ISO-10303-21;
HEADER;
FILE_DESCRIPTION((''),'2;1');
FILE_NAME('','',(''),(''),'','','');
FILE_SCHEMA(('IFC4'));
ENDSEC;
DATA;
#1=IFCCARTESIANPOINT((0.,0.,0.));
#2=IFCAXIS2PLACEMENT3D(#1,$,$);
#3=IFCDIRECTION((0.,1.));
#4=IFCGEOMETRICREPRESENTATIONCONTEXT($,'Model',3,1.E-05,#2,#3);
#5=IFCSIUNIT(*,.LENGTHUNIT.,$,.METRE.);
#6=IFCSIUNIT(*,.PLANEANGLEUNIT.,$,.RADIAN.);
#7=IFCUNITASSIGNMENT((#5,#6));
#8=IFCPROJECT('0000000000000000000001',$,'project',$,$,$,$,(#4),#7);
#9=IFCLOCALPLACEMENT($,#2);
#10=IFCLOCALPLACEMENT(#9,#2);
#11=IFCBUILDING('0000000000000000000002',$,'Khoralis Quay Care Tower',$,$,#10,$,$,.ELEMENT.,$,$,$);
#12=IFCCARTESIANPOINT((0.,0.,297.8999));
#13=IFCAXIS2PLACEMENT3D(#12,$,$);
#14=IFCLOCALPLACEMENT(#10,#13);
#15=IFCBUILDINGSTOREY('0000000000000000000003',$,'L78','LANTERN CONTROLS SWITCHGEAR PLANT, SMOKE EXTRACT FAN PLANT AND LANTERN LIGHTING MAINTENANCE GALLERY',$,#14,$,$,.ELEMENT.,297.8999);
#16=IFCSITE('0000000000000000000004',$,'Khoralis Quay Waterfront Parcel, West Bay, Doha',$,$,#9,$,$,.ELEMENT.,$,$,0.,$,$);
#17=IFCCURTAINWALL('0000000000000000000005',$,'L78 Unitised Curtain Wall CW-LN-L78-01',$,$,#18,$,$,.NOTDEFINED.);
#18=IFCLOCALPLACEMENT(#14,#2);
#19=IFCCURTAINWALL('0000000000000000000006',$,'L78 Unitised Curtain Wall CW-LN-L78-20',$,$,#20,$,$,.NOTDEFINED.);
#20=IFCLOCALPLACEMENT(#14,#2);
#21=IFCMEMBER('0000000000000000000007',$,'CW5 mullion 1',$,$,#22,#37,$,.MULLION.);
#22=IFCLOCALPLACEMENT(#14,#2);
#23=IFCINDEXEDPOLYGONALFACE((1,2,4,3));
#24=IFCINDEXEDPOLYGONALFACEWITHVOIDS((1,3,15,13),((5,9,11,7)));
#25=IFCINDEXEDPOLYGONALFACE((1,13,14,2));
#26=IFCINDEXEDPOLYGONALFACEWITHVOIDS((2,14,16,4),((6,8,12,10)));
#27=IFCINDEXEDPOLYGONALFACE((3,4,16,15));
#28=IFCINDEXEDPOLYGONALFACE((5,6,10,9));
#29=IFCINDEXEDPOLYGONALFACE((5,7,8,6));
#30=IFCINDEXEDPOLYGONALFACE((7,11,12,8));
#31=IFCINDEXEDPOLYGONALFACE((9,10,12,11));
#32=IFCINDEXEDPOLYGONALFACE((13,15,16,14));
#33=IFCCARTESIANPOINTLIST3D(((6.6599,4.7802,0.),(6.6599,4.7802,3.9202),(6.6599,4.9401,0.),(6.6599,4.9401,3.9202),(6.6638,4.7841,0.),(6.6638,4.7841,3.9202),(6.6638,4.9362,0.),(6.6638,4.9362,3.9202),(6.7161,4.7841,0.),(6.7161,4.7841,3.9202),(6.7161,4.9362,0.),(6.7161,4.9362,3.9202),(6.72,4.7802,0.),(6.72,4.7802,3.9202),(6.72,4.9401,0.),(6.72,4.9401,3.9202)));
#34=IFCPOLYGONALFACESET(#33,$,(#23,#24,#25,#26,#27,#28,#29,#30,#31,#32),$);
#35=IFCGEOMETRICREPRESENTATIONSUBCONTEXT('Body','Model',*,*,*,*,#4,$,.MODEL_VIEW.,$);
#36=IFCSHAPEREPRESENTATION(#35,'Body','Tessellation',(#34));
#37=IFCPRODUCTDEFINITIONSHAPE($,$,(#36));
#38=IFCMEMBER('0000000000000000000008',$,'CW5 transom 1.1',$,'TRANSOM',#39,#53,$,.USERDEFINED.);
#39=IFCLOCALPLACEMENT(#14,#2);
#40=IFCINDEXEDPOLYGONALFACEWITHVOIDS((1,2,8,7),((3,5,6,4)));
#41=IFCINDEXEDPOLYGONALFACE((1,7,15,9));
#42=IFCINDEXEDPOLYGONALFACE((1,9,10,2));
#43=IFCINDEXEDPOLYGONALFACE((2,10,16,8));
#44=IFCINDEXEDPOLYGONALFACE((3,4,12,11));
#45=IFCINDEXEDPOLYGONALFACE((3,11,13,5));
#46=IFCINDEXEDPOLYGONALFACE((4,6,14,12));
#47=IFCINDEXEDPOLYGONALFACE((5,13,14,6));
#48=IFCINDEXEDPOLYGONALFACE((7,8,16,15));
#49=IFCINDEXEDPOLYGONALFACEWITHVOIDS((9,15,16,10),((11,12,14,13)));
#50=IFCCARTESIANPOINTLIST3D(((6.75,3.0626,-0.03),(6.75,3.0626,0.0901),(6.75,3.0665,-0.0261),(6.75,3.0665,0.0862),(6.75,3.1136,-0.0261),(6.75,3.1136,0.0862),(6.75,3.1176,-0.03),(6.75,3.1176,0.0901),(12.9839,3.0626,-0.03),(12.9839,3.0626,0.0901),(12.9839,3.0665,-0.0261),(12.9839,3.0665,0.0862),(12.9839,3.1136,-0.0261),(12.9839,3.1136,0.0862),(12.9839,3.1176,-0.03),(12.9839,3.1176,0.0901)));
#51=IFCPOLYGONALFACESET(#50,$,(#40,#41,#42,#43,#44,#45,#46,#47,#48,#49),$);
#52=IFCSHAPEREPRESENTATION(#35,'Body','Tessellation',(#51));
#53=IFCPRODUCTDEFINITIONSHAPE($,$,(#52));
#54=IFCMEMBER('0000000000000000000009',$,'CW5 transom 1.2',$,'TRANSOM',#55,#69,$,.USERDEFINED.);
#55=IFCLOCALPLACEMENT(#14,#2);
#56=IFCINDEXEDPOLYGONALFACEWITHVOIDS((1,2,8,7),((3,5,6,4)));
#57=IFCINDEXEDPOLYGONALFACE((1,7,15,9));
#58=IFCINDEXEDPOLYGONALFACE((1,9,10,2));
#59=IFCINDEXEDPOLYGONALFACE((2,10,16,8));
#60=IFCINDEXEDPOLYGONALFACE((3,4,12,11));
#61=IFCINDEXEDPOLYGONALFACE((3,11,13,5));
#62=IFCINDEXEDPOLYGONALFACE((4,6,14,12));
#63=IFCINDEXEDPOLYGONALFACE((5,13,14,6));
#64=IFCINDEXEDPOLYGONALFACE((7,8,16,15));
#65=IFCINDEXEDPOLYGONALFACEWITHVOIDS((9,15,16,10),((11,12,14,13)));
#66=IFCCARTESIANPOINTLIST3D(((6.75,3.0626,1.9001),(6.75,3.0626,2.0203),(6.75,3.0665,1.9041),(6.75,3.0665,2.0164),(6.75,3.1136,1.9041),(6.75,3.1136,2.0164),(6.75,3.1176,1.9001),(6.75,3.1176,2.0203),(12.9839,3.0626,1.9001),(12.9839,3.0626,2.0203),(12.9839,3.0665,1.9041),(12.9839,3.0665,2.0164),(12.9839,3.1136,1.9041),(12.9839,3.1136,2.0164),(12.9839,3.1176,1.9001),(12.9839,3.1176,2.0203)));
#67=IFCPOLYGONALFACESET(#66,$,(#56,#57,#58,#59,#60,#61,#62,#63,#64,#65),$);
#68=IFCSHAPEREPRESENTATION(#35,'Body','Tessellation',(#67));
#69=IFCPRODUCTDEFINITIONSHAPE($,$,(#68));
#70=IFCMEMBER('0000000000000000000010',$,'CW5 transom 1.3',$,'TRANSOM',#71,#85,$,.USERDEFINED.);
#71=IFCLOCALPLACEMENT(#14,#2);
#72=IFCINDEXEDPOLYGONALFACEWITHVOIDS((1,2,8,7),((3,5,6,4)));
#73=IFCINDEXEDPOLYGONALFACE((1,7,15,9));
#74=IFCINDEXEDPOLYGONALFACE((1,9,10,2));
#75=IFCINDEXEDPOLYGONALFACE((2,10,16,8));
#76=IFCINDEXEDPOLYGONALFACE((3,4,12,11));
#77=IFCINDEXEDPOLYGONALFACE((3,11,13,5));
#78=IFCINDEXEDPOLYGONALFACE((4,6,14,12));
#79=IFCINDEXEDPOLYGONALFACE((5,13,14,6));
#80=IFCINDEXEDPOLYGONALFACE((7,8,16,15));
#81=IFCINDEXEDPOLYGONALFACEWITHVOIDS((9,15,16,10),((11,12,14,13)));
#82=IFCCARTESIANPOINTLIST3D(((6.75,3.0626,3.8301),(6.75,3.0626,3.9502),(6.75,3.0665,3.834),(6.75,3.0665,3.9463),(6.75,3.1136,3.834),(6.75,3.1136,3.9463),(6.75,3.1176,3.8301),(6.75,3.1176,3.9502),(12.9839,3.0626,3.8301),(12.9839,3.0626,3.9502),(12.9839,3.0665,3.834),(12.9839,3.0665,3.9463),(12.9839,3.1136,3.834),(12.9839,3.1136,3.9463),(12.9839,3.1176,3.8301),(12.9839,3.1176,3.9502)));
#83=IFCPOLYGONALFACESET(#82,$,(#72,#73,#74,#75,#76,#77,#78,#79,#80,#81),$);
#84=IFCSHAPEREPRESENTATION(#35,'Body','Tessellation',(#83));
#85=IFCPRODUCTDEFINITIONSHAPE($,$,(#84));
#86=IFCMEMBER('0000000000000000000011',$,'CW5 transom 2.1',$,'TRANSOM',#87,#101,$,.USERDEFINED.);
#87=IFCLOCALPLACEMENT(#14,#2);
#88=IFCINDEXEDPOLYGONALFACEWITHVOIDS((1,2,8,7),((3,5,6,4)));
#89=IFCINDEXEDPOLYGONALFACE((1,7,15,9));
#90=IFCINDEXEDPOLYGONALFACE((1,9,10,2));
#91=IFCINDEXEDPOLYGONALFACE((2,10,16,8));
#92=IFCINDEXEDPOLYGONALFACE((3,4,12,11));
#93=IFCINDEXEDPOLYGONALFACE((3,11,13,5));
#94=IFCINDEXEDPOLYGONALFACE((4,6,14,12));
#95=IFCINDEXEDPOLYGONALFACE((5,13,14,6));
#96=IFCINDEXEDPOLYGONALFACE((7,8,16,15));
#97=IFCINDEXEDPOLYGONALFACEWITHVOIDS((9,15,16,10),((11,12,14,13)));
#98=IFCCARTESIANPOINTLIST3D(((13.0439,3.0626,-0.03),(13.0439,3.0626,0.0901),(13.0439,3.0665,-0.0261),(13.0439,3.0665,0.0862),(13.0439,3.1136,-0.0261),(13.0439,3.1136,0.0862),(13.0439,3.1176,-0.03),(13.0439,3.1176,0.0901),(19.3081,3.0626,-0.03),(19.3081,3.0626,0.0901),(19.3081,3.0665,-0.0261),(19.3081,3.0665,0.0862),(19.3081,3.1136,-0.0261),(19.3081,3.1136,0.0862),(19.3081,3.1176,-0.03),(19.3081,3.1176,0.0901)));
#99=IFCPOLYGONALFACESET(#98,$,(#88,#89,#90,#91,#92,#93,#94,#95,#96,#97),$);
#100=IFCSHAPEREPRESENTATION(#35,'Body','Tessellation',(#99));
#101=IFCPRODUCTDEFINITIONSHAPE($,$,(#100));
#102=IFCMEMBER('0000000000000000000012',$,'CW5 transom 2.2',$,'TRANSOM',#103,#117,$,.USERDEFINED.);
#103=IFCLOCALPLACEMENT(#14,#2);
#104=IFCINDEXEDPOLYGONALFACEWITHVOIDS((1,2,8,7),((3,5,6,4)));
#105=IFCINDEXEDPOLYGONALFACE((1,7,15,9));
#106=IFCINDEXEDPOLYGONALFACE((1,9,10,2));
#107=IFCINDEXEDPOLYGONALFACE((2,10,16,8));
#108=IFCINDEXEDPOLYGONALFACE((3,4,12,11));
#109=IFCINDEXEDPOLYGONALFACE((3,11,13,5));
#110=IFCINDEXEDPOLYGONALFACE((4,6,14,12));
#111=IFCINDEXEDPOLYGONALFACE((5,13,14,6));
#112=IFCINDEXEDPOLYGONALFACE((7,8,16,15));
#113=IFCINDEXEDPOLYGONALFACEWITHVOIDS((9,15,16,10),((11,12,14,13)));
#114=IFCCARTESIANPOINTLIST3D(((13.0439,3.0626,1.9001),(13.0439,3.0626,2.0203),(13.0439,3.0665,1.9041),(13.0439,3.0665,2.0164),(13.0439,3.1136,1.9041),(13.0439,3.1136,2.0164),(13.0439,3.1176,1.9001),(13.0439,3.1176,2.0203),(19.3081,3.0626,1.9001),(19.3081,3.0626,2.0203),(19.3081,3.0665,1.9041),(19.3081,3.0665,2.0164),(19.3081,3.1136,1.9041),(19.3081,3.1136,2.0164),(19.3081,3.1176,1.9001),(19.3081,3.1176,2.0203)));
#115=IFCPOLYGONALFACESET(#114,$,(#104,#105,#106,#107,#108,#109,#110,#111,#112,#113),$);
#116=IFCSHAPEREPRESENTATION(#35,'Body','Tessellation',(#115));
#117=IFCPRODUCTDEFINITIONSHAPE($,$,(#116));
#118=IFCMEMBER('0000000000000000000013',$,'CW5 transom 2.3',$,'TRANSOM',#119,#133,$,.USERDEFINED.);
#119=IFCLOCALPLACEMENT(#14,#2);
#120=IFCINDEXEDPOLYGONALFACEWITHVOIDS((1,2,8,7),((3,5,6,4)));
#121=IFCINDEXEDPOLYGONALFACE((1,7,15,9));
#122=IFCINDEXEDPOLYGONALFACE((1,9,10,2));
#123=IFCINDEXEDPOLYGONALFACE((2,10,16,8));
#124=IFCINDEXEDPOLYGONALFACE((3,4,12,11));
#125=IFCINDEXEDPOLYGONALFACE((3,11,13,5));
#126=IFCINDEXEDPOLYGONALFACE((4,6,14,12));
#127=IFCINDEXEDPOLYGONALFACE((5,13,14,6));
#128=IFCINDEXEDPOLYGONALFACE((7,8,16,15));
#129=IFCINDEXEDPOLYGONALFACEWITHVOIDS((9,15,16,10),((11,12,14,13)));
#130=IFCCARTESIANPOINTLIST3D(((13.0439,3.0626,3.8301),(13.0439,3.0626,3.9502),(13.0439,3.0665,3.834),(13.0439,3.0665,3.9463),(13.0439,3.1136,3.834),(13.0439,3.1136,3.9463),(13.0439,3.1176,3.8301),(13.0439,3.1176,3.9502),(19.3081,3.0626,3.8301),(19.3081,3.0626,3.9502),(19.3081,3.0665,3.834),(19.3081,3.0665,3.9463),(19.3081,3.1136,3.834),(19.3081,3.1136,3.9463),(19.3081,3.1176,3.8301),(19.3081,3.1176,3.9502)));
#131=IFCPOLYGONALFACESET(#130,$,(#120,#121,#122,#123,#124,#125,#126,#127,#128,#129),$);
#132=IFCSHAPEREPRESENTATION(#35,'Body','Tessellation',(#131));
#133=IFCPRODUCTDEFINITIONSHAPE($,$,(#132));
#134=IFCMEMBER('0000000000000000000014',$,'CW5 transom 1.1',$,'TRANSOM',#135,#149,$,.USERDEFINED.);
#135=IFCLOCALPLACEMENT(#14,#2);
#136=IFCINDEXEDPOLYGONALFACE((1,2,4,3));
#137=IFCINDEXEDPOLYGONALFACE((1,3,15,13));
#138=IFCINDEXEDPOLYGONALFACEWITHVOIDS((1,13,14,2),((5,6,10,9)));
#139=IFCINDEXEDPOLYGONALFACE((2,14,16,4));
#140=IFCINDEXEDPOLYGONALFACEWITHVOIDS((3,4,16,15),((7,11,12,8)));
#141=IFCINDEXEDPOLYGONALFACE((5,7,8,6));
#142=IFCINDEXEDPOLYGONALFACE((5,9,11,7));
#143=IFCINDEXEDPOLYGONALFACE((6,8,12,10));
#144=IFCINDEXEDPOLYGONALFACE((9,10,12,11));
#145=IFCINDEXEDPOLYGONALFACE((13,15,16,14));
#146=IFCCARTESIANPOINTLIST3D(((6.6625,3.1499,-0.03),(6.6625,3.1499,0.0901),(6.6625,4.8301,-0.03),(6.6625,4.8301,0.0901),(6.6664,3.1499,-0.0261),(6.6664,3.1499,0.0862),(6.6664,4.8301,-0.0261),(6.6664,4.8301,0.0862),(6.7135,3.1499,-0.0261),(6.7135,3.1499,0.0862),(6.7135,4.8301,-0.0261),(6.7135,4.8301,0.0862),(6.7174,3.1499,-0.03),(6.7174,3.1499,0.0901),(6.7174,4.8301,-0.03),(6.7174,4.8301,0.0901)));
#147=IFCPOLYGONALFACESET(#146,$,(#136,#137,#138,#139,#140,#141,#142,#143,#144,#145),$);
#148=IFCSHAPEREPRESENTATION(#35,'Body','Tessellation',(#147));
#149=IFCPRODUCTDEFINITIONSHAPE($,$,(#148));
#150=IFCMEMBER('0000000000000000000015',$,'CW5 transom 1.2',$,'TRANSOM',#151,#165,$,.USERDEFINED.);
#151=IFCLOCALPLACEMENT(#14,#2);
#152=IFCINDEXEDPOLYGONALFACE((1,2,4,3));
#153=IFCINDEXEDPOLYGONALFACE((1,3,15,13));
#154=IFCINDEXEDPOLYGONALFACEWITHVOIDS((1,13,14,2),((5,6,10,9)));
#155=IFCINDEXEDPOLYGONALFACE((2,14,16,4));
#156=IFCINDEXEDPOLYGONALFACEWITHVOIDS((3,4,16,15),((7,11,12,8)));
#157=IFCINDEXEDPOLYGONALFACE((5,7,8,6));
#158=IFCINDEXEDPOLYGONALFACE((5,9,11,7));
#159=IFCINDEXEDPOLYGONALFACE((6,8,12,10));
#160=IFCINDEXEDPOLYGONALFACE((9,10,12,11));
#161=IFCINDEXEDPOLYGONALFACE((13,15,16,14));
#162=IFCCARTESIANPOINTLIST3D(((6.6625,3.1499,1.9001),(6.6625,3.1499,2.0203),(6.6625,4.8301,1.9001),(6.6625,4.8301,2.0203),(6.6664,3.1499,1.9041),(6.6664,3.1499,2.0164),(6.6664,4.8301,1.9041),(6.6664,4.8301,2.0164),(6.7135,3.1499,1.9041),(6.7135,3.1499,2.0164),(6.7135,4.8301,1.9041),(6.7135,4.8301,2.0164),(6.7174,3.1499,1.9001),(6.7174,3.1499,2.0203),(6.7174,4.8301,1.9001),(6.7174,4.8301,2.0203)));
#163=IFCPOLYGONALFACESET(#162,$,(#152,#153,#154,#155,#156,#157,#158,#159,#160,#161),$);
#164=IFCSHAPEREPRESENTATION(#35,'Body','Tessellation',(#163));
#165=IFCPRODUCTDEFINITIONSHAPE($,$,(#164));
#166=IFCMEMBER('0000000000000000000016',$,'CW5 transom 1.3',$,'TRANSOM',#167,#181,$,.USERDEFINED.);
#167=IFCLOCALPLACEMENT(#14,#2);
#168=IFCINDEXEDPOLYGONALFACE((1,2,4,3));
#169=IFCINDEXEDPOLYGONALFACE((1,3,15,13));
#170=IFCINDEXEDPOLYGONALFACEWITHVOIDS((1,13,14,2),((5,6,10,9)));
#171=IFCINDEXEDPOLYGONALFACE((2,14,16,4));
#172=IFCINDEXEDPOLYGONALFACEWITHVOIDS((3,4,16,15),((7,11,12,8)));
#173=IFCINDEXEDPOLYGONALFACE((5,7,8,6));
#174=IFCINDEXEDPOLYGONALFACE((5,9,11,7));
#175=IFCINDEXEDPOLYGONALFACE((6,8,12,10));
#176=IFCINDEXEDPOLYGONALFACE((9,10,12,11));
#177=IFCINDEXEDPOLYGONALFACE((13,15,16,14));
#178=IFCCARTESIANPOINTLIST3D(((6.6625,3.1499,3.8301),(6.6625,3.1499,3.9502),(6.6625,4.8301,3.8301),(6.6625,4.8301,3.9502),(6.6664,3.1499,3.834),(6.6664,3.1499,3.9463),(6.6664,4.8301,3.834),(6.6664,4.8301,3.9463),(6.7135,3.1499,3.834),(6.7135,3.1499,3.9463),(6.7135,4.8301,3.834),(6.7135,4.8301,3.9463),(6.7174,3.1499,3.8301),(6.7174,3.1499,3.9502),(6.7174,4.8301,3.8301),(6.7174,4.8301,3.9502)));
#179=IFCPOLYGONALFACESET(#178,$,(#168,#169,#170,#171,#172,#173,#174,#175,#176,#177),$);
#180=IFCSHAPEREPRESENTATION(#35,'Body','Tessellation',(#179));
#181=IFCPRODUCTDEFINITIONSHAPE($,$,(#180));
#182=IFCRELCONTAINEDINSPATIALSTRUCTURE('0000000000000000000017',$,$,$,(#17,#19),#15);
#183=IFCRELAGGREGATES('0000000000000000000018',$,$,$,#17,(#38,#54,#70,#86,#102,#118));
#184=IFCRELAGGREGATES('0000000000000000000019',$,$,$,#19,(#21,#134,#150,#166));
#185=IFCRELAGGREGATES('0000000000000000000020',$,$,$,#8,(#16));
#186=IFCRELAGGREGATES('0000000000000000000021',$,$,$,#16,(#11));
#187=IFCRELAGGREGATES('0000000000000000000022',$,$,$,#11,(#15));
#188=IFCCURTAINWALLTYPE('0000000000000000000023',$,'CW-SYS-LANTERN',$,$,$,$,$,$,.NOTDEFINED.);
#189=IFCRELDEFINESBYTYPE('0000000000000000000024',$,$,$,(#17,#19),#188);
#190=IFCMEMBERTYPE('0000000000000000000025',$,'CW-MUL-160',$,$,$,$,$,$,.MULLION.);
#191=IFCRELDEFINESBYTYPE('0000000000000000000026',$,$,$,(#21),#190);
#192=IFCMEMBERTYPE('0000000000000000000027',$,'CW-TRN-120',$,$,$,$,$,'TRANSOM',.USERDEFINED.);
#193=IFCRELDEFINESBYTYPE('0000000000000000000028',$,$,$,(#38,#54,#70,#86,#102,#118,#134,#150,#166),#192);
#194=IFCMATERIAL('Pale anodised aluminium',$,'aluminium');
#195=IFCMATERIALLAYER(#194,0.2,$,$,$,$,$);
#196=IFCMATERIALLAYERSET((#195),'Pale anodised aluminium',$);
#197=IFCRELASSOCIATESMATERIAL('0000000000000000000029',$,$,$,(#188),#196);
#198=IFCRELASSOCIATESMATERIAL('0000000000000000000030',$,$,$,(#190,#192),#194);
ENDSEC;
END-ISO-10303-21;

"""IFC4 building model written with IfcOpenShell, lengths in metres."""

from ifc_helpers import new_model, si_unit, direction, frame, origin, origin_2d, place, context, subcontext, project, spatial, hollow_rectangle, extrude, source, transform, mapped, material, layer, layer_set, material_profile, profile_set, type_object, element, aggregate, save


model = new_model("IFC4")

# Units and contexts
model_context = context("Model", 3, precision=1e-05, world=origin(), true_north=direction((0.0, 1.0)))
body_context = subcontext(model_context, "Body", "Model", "MODEL_VIEW")
ifc_project = project(units=[si_unit("LENGTHUNIT", "METRE"), si_unit("PLANEANGLEUNIT", "RADIAN")], contexts=[model_context])

# Site, building, storey
site_placement = place(None, origin())
site = spatial("IfcSite", under=ifc_project, at=site_placement, Name="Khoralis Quay Waterfront Parcel, West Bay, Doha", CompositionType="ELEMENT", RefElevation=0.0)
building_placement = place(site_placement, origin())
building = spatial("IfcBuilding", under=site, at=building_placement, Name="Khoralis Quay Care Tower", CompositionType="ELEMENT")
storey_placement = place(building_placement, frame((0.0, 0.0, 297.8999)))
storey = spatial("IfcBuildingStorey", under=building, at=storey_placement, Name="L78", Description="LANTERN CONTROLS SWITCHGEAR PLANT, SMOKE EXTRACT FAN PLANT AND LANTERN LIGHTING MAINTENANCE GALLERY", CompositionType="ELEMENT", Elevation=297.8999)

# Curtain wall
ifc_material_1 = material(Name="Pale anodised aluminium", Category="aluminium")
ifc_layer_1 = layer(ifc_material_1, 0.2)
ifc_layer_set_1 = layer_set([ifc_layer_1], Name="Pale anodised aluminium")
curtain_wall_type = type_object("IfcCurtainWallType", Name="CW-SYS-LANTERN", PredefinedType="NOTDEFINED", material=ifc_layer_set_1)
curtain_wall_1_placement = place(storey_placement, origin())
curtain_wall_1 = element("IfcCurtainWall", 1, at=curtain_wall_1_placement, inside=storey, type_object=curtain_wall_type, Name="L78 Unitised Curtain Wall CW-LN-L78-01", PredefinedType="NOTDEFINED")
ifc_material_profile_1 = material_profile(ifc_material_1, hollow_rectangle(XDim=0.0601, YDim=0.1599, WallThickness=0.0039, at=origin_2d()), Name="Pale anodised aluminium")
ifc_profile_set_1 = profile_set([ifc_material_profile_1], Name="Pale anodised aluminium")
member_type_1 = type_object("IfcMemberType", Name="CW-MUL-160", PredefinedType="MULLION", material=ifc_profile_set_1)
shared_shape_1 = source(origin(), body_context, "Body", "SweptSolid", [
    extrude(hollow_rectangle(XDim=0.0601, YDim=0.1599, WallThickness=0.0039, at=origin_2d()), origin(), (0.0, 0.0, 1.0), 3.9202),
])

# Curtain wall, member
curtain_wall_2_placement = place(storey_placement, origin())
curtain_wall_2 = element("IfcCurtainWall", 2, at=curtain_wall_2_placement, inside=storey, type_object=curtain_wall_type, Name="L78 Unitised Curtain Wall CW-LN-L78-20", PredefinedType="NOTDEFINED")
member_1_placement = place(storey_placement, frame((6.6899, 4.8601, 0.0), z_axis=(0.0, 0.0, 1.0), x_axis=(1.0, 0.0, 0.0)))
member_1 = element("IfcMember", 3, at=member_1_placement, type_object=member_type_1, Name="CW5 mullion 1", PredefinedType="MULLION", context=body_context, shape_type="MappedRepresentation", body=[
    mapped(shared_shape_1, transform((0.0, 0.0, 0.0), scale=1.0)),
])

# Members
ifc_material_profile_2 = material_profile(ifc_material_1, hollow_rectangle(XDim=0.0549, YDim=0.1201, WallThickness=0.0039, at=origin_2d()), Name="Pale anodised aluminium")
ifc_profile_set_2 = profile_set([ifc_material_profile_2], Name="Pale anodised aluminium")
member_type_2 = type_object("IfcMemberType", Name="CW-TRN-120", ElementType="TRANSOM", PredefinedType="USERDEFINED", material=ifc_profile_set_2)
shared_shape_2 = source(origin(), body_context, "Body", "SweptSolid", [
    extrude(hollow_rectangle(XDim=0.0549, YDim=0.1201, WallThickness=0.0039, at=origin_2d()), origin(), (0.0, 0.0, 1.0), 6.2339),
])
member_2_placement = place(storey_placement, frame((6.75, 3.0901, 0.03), z_axis=(1.0, 0.0, 0.0), x_axis=(0.0, 1.0, 0.0)))
member_2 = element("IfcMember", 4, at=member_2_placement, type_object=member_type_2, Name="CW5 transom 1.1", ObjectType="TRANSOM", PredefinedType="USERDEFINED", context=body_context, shape_type="MappedRepresentation", body=[
    mapped(shared_shape_2, transform((0.0, 0.0, 0.0), scale=1.0)),
])
member_3_placement = place(storey_placement, frame((6.75, 3.0901, 1.9602), z_axis=(1.0, 0.0, 0.0), x_axis=(0.0, 1.0, 0.0)))
member_3 = element("IfcMember", 5, at=member_3_placement, type_object=member_type_2, Name="CW5 transom 1.2", ObjectType="TRANSOM", PredefinedType="USERDEFINED", context=body_context, shape_type="MappedRepresentation", body=[
    mapped(shared_shape_2, transform((0.0, 0.0, 0.0), scale=1.0)),
])
member_4_placement = place(storey_placement, frame((6.75, 3.0901, 3.8901), z_axis=(1.0, 0.0, 0.0), x_axis=(0.0, 1.0, 0.0)))
member_4 = element("IfcMember", 6, at=member_4_placement, type_object=member_type_2, Name="CW5 transom 1.3", ObjectType="TRANSOM", PredefinedType="USERDEFINED", context=body_context, shape_type="MappedRepresentation", body=[
    mapped(shared_shape_2, transform((0.0, 0.0, 0.0), scale=1.0)),
])
shared_shape_3 = source(origin(), body_context, "Body", "SweptSolid", [
    extrude(hollow_rectangle(XDim=0.0549, YDim=0.1201, WallThickness=0.0039, at=origin_2d()), origin(), (0.0, 0.0, 1.0), 6.2642),
])
member_5_placement = place(storey_placement, frame((13.0439, 3.0901, 0.03), z_axis=(1.0, 0.0, 0.0), x_axis=(0.0, 1.0, 0.0)))
member_5 = element("IfcMember", 7, at=member_5_placement, type_object=member_type_2, Name="CW5 transom 2.1", ObjectType="TRANSOM", PredefinedType="USERDEFINED", context=body_context, shape_type="MappedRepresentation", body=[
    mapped(shared_shape_3, transform((0.0, 0.0, 0.0), scale=1.0)),
])
member_6_placement = place(storey_placement, frame((13.0439, 3.0901, 1.9602), z_axis=(1.0, 0.0, 0.0), x_axis=(0.0, 1.0, 0.0)))
member_6 = element("IfcMember", 8, at=member_6_placement, type_object=member_type_2, Name="CW5 transom 2.2", ObjectType="TRANSOM", PredefinedType="USERDEFINED", context=body_context, shape_type="MappedRepresentation", body=[
    mapped(shared_shape_3, transform((0.0, 0.0, 0.0), scale=1.0)),
])
member_7_placement = place(storey_placement, frame((13.0439, 3.0901, 3.8901), z_axis=(1.0, 0.0, 0.0), x_axis=(0.0, 1.0, 0.0)))
member_7 = element("IfcMember", 9, at=member_7_placement, type_object=member_type_2, Name="CW5 transom 2.3", ObjectType="TRANSOM", PredefinedType="USERDEFINED", context=body_context, shape_type="MappedRepresentation", body=[
    mapped(shared_shape_3, transform((0.0, 0.0, 0.0), scale=1.0)),
])
shared_shape_4 = source(origin(), body_context, "Body", "SweptSolid", [
    extrude(hollow_rectangle(XDim=0.0549, YDim=0.1201, WallThickness=0.0039, at=origin_2d()), origin(), (0.0, 0.0, 1.0), 1.6802),
])
member_8_placement = place(storey_placement, frame((6.6899, 4.8301, 0.03), z_axis=(0.0, -1.0, 0.0), x_axis=(1.0, 0.0, 0.0)))
member_8 = element("IfcMember", 10, at=member_8_placement, type_object=member_type_2, Name="CW5 transom 1.1", ObjectType="TRANSOM", PredefinedType="USERDEFINED", context=body_context, shape_type="MappedRepresentation", body=[
    mapped(shared_shape_4, transform((0.0, 0.0, 0.0), scale=1.0)),
])
member_9_placement = place(storey_placement, frame((6.6899, 4.8301, 1.9602), z_axis=(0.0, -1.0, 0.0), x_axis=(1.0, 0.0, 0.0)))
member_9 = element("IfcMember", 11, at=member_9_placement, type_object=member_type_2, Name="CW5 transom 1.2", ObjectType="TRANSOM", PredefinedType="USERDEFINED", context=body_context, shape_type="MappedRepresentation", body=[
    mapped(shared_shape_4, transform((0.0, 0.0, 0.0), scale=1.0)),
])
member_10_placement = place(storey_placement, frame((6.6899, 4.8301, 3.8901), z_axis=(0.0, -1.0, 0.0), x_axis=(1.0, 0.0, 0.0)))
member_10 = element("IfcMember", 12, at=member_10_placement, type_object=member_type_2, Name="CW5 transom 1.3", ObjectType="TRANSOM", PredefinedType="USERDEFINED", context=body_context, shape_type="MappedRepresentation", body=[
    mapped(shared_shape_4, transform((0.0, 0.0, 0.0), scale=1.0)),
])

aggregate(curtain_wall_1, [member_2, member_3, member_4, member_5, member_6, member_7])
aggregate(curtain_wall_2, [member_1, member_8, member_9, member_10])

save(model, "model.ifc")
